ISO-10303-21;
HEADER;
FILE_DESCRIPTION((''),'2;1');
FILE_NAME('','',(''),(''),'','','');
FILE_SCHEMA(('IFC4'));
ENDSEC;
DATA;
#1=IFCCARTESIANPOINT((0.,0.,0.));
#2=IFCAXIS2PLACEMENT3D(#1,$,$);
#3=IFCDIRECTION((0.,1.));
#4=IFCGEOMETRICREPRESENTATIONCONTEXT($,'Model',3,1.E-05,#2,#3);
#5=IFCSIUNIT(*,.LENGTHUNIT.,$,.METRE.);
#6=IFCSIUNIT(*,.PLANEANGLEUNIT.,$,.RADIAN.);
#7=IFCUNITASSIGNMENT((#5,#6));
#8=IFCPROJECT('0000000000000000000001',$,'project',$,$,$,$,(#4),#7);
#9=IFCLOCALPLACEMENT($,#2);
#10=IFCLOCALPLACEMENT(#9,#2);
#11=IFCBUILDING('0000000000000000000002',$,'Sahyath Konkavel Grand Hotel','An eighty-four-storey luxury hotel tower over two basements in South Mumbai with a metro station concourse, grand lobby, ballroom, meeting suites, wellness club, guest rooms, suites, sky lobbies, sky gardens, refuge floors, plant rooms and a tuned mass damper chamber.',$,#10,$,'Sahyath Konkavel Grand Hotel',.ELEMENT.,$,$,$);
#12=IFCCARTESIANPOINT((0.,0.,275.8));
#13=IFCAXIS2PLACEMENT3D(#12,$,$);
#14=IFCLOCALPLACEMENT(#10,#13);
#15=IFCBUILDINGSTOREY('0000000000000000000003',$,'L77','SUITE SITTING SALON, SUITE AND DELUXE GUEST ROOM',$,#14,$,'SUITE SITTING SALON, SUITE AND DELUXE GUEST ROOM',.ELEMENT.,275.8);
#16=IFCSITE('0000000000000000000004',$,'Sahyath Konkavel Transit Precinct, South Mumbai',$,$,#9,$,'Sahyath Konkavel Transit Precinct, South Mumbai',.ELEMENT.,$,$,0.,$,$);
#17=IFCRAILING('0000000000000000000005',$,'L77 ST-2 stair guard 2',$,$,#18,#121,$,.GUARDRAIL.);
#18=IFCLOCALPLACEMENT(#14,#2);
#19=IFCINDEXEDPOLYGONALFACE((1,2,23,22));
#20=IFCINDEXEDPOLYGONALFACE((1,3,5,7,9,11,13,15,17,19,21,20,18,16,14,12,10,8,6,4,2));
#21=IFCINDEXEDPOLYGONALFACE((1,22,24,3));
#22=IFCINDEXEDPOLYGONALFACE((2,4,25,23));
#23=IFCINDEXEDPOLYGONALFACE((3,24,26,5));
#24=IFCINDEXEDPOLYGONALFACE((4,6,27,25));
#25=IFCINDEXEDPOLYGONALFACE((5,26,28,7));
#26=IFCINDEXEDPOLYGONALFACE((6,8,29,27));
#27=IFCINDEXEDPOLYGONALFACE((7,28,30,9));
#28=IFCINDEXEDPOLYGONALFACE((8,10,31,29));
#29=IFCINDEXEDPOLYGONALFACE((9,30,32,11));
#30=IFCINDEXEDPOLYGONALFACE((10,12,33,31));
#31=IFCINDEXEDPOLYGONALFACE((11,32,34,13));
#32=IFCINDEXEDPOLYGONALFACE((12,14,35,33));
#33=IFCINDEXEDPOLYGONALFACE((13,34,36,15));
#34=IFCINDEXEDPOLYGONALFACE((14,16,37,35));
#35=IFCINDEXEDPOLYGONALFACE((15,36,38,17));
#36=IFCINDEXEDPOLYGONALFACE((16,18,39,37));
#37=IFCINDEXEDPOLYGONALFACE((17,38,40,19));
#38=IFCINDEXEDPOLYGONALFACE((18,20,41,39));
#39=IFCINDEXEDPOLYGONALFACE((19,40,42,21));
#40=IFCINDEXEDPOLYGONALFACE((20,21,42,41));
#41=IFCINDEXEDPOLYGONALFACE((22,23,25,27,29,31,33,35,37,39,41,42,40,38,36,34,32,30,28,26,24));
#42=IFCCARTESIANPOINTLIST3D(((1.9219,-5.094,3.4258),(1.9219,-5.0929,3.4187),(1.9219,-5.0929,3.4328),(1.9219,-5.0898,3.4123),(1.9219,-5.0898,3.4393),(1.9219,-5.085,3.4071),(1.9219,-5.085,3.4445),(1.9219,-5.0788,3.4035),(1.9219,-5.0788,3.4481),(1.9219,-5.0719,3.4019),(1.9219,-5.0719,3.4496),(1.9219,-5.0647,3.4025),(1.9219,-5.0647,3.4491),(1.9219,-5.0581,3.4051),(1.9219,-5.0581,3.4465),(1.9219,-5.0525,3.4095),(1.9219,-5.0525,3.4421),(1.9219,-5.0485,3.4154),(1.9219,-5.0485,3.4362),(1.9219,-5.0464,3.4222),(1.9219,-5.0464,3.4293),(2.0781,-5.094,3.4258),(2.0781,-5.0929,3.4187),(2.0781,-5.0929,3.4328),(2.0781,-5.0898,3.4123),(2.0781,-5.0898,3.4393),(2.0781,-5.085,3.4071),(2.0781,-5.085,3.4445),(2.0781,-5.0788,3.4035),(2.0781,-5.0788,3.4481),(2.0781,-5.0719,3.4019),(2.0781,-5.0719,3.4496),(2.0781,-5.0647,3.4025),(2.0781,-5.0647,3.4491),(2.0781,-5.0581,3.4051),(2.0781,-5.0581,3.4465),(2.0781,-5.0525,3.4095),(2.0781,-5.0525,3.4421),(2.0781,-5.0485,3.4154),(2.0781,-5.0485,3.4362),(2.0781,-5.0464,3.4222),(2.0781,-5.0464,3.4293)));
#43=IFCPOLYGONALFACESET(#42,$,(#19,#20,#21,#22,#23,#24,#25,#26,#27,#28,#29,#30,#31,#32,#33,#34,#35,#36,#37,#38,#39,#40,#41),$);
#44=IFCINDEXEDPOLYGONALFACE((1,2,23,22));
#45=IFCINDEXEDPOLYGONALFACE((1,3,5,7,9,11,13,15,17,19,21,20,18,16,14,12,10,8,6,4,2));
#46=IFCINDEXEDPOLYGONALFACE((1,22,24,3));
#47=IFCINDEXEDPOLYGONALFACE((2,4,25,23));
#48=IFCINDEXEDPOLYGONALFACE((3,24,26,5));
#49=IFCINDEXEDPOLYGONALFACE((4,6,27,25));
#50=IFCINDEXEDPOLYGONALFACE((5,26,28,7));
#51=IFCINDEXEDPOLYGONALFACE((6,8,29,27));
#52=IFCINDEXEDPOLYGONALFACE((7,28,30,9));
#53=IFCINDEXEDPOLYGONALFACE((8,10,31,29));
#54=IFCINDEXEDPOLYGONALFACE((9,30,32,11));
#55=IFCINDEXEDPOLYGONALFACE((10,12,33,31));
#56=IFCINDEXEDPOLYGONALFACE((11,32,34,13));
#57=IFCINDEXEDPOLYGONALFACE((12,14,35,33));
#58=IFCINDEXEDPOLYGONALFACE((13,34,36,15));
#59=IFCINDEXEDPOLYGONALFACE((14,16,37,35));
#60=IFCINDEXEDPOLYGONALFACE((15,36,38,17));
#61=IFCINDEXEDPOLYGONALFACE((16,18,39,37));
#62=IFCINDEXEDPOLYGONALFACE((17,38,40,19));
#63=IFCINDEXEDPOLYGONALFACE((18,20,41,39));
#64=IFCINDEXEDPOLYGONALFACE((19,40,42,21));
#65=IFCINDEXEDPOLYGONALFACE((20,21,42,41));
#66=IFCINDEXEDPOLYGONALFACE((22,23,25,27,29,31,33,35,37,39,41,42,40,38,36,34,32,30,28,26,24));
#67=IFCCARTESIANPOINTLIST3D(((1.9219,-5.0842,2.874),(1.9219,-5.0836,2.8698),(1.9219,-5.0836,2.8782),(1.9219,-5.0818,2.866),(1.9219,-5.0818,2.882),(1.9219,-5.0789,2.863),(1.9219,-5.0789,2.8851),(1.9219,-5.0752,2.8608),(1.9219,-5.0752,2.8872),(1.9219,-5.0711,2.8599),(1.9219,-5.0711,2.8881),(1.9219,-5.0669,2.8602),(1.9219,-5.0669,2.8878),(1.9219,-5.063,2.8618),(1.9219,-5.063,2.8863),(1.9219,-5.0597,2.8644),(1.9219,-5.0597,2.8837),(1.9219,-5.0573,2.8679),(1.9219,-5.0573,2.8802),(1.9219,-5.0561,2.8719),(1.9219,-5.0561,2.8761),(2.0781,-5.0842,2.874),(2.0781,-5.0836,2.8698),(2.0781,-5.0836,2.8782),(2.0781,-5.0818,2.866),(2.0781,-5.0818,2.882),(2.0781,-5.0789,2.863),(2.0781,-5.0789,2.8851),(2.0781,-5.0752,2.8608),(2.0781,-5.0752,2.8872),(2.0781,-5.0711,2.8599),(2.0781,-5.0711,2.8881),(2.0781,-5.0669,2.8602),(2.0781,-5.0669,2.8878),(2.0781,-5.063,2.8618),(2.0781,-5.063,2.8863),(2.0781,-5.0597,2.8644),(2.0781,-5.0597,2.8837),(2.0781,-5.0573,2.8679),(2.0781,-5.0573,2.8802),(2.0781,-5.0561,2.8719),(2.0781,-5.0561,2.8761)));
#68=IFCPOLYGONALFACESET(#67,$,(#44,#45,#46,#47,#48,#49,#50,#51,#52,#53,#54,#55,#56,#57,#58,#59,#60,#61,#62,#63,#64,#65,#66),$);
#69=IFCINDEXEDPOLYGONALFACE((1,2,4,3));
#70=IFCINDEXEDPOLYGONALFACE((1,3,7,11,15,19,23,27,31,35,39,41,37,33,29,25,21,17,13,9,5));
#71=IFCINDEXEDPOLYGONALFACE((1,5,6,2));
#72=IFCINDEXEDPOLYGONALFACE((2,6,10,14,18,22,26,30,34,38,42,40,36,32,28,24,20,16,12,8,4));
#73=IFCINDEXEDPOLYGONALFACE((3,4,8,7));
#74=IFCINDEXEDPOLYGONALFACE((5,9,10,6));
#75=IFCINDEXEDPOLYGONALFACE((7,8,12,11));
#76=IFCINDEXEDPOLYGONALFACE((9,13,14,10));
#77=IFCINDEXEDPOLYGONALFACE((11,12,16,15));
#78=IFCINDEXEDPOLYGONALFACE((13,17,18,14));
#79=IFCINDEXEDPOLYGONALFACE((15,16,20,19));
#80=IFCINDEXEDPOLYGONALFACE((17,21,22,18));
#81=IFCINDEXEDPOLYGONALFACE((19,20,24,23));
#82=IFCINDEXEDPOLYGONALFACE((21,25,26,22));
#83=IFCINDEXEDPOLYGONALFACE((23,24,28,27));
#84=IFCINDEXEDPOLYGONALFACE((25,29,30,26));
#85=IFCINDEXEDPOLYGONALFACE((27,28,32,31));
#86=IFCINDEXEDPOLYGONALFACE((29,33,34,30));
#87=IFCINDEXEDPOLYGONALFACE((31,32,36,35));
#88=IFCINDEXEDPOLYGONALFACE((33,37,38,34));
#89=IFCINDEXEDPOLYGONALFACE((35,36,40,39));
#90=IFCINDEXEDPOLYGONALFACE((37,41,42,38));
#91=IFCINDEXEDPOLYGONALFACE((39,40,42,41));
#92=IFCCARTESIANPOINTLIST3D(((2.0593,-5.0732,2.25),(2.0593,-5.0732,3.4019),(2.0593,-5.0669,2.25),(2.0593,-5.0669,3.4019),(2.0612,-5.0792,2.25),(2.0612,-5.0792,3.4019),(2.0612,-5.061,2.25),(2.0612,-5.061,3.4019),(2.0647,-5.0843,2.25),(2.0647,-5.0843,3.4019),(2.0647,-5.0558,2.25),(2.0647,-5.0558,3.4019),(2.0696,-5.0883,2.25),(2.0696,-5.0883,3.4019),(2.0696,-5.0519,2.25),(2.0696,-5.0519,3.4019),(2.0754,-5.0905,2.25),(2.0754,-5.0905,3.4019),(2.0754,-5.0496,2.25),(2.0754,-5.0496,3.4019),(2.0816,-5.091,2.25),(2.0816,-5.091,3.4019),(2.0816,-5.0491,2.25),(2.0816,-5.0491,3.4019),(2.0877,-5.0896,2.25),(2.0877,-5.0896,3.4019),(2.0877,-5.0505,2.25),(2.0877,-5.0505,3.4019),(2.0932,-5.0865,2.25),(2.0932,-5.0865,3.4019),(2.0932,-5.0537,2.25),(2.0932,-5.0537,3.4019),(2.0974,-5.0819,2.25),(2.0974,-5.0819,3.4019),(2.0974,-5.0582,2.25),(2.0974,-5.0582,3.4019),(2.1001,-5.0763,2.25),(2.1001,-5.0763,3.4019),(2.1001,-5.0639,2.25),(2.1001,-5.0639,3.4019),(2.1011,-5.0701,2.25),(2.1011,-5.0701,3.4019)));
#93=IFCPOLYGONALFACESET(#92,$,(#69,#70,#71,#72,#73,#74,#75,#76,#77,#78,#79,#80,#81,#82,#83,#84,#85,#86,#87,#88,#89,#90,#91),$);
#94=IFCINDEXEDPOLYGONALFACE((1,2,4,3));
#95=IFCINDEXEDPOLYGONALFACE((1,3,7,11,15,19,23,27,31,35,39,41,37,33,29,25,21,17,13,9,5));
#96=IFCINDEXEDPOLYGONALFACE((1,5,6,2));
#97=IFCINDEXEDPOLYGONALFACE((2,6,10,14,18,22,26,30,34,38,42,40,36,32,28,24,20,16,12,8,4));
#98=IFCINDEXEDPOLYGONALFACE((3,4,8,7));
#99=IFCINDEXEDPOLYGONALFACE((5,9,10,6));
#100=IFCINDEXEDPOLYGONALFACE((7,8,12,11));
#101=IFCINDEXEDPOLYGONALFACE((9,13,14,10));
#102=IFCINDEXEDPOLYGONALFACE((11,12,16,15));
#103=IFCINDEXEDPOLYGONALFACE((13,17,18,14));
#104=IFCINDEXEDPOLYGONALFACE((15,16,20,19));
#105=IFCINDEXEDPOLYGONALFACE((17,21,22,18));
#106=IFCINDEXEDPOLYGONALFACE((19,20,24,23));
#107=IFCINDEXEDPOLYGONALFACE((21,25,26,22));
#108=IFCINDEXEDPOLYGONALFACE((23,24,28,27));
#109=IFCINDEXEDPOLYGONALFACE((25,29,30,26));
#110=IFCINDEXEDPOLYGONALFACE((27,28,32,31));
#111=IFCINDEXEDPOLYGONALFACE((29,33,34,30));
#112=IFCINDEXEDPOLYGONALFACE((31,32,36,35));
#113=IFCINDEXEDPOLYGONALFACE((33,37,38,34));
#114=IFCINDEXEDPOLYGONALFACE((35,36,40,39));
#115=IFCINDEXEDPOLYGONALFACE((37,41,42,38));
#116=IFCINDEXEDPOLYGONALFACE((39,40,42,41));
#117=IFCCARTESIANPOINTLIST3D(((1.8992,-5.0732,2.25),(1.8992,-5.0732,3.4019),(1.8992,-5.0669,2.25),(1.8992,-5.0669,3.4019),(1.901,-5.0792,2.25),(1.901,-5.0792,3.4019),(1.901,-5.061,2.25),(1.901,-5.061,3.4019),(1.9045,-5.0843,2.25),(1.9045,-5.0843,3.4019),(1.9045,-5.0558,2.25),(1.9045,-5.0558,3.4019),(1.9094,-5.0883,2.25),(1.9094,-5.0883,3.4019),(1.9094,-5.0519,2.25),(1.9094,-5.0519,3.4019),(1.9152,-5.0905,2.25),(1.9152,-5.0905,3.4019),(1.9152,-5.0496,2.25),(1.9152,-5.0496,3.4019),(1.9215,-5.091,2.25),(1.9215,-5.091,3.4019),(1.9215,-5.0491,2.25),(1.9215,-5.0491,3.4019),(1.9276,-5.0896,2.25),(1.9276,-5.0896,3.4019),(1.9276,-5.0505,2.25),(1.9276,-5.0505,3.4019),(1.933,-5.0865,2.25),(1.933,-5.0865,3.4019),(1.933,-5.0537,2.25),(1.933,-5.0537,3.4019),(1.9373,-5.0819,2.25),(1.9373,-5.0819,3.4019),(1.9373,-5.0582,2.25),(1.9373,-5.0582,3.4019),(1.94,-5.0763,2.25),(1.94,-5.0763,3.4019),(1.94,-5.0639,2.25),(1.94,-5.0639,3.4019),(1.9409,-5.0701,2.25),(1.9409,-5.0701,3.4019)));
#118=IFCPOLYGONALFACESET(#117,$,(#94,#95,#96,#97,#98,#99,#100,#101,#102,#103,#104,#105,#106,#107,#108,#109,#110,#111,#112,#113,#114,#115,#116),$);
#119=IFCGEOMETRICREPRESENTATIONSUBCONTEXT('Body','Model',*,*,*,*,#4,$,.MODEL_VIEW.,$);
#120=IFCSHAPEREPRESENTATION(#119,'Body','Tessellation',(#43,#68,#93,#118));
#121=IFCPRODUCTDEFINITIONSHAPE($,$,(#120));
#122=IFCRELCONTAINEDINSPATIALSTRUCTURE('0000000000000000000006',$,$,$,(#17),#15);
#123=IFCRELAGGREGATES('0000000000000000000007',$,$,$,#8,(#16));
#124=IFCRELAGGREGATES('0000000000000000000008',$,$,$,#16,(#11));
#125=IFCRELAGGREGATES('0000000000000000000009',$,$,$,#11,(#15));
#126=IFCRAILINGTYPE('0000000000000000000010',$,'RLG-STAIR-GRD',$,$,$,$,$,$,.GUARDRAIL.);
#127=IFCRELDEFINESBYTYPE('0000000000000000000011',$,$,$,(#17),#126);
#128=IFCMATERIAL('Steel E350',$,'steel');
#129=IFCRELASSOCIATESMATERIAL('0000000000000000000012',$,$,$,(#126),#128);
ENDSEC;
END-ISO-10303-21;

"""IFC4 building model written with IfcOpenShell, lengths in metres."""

from ifc_helpers import new_model, si_unit, direction, frame, origin, origin_2d, place, context, subcontext, project, spatial, circle, extrude, material, type_object, element, save


model = new_model("IFC4")

# Units and contexts
model_context = context("Model", 3, precision=1e-05, world=origin(), true_north=direction((0.0, 1.0)))
body_context = subcontext(model_context, "Body", "Model", "MODEL_VIEW")
ifc_project = project(units=[si_unit("LENGTHUNIT", "METRE"), si_unit("PLANEANGLEUNIT", "RADIAN")], contexts=[model_context])

# Site, building, storey
site_placement = place(None, origin())
site = spatial("IfcSite", under=ifc_project, at=site_placement, Name="Sahyath Konkavel Transit Precinct, South Mumbai", LongName="Sahyath Konkavel Transit Precinct, South Mumbai", CompositionType="ELEMENT", RefElevation=0.0)
building_placement = place(site_placement, origin())
building = spatial("IfcBuilding", under=site, at=building_placement, Name="Sahyath Konkavel Grand Hotel", Description="An eighty-four-storey luxury hotel tower over two basements in South Mumbai with a metro station concourse, grand lobby, ballroom, meeting suites, wellness club, guest rooms, suites, sky lobbies, sky gardens, refuge floors, plant rooms and a tuned mass damper chamber.", LongName="Sahyath Konkavel Grand Hotel", CompositionType="ELEMENT")
storey_placement = place(building_placement, frame((0.0, 0.0, 275.8)))
storey = spatial("IfcBuildingStorey", under=building, at=storey_placement, Name="L77", Description="SUITE SITTING SALON, SUITE AND DELUXE GUEST ROOM", LongName="SUITE SITTING SALON, SUITE AND DELUXE GUEST ROOM", CompositionType="ELEMENT", Elevation=275.8)

# Shared definitions
ifc_material_1 = material(Name="Steel E350", Category="steel")

# Railing
railing_type_1 = type_object("IfcRailingType", Name="RLG-STAIR-GRD", PredefinedType="GUARDRAIL", material=ifc_material_1)
railing_1_placement = place(storey_placement, frame((2.0801, -5.0701, 2.25)))
element("IfcRailing", 1, at=railing_1_placement, inside=storey, type_object=railing_type_1, Name="L77 ST-2 stair guard 2", PredefinedType="GUARDRAIL", context=body_context, shape_type="SweptSolid", body=[
    extrude(circle(Radius=0.0239, at=origin_2d()), frame((-0.002, 0.0, 1.1758), z_axis=(-1.0, 0.0, 0.0), x_axis=(0.0, -1.0, 0.0)), (0.0, 0.0, 1.0), 0.1562),
    extrude(circle(Radius=0.0142, at=origin_2d()), frame((-0.002, 0.0, 0.624), z_axis=(-1.0, 0.0, 0.0), x_axis=(0.0, -1.0, 0.0)), (0.0, 0.0, 1.0), 0.1562),
    extrude(circle(Radius=0.021, at=origin_2d()), origin(), (0.0, 0.0, 1.0), 1.1519),
    extrude(circle(Radius=0.021, at=origin_2d()), frame((-0.1602, 0.0, 0.0)), (0.0, 0.0, 1.0), 1.1519),
])

save(model, "model.ifc")
